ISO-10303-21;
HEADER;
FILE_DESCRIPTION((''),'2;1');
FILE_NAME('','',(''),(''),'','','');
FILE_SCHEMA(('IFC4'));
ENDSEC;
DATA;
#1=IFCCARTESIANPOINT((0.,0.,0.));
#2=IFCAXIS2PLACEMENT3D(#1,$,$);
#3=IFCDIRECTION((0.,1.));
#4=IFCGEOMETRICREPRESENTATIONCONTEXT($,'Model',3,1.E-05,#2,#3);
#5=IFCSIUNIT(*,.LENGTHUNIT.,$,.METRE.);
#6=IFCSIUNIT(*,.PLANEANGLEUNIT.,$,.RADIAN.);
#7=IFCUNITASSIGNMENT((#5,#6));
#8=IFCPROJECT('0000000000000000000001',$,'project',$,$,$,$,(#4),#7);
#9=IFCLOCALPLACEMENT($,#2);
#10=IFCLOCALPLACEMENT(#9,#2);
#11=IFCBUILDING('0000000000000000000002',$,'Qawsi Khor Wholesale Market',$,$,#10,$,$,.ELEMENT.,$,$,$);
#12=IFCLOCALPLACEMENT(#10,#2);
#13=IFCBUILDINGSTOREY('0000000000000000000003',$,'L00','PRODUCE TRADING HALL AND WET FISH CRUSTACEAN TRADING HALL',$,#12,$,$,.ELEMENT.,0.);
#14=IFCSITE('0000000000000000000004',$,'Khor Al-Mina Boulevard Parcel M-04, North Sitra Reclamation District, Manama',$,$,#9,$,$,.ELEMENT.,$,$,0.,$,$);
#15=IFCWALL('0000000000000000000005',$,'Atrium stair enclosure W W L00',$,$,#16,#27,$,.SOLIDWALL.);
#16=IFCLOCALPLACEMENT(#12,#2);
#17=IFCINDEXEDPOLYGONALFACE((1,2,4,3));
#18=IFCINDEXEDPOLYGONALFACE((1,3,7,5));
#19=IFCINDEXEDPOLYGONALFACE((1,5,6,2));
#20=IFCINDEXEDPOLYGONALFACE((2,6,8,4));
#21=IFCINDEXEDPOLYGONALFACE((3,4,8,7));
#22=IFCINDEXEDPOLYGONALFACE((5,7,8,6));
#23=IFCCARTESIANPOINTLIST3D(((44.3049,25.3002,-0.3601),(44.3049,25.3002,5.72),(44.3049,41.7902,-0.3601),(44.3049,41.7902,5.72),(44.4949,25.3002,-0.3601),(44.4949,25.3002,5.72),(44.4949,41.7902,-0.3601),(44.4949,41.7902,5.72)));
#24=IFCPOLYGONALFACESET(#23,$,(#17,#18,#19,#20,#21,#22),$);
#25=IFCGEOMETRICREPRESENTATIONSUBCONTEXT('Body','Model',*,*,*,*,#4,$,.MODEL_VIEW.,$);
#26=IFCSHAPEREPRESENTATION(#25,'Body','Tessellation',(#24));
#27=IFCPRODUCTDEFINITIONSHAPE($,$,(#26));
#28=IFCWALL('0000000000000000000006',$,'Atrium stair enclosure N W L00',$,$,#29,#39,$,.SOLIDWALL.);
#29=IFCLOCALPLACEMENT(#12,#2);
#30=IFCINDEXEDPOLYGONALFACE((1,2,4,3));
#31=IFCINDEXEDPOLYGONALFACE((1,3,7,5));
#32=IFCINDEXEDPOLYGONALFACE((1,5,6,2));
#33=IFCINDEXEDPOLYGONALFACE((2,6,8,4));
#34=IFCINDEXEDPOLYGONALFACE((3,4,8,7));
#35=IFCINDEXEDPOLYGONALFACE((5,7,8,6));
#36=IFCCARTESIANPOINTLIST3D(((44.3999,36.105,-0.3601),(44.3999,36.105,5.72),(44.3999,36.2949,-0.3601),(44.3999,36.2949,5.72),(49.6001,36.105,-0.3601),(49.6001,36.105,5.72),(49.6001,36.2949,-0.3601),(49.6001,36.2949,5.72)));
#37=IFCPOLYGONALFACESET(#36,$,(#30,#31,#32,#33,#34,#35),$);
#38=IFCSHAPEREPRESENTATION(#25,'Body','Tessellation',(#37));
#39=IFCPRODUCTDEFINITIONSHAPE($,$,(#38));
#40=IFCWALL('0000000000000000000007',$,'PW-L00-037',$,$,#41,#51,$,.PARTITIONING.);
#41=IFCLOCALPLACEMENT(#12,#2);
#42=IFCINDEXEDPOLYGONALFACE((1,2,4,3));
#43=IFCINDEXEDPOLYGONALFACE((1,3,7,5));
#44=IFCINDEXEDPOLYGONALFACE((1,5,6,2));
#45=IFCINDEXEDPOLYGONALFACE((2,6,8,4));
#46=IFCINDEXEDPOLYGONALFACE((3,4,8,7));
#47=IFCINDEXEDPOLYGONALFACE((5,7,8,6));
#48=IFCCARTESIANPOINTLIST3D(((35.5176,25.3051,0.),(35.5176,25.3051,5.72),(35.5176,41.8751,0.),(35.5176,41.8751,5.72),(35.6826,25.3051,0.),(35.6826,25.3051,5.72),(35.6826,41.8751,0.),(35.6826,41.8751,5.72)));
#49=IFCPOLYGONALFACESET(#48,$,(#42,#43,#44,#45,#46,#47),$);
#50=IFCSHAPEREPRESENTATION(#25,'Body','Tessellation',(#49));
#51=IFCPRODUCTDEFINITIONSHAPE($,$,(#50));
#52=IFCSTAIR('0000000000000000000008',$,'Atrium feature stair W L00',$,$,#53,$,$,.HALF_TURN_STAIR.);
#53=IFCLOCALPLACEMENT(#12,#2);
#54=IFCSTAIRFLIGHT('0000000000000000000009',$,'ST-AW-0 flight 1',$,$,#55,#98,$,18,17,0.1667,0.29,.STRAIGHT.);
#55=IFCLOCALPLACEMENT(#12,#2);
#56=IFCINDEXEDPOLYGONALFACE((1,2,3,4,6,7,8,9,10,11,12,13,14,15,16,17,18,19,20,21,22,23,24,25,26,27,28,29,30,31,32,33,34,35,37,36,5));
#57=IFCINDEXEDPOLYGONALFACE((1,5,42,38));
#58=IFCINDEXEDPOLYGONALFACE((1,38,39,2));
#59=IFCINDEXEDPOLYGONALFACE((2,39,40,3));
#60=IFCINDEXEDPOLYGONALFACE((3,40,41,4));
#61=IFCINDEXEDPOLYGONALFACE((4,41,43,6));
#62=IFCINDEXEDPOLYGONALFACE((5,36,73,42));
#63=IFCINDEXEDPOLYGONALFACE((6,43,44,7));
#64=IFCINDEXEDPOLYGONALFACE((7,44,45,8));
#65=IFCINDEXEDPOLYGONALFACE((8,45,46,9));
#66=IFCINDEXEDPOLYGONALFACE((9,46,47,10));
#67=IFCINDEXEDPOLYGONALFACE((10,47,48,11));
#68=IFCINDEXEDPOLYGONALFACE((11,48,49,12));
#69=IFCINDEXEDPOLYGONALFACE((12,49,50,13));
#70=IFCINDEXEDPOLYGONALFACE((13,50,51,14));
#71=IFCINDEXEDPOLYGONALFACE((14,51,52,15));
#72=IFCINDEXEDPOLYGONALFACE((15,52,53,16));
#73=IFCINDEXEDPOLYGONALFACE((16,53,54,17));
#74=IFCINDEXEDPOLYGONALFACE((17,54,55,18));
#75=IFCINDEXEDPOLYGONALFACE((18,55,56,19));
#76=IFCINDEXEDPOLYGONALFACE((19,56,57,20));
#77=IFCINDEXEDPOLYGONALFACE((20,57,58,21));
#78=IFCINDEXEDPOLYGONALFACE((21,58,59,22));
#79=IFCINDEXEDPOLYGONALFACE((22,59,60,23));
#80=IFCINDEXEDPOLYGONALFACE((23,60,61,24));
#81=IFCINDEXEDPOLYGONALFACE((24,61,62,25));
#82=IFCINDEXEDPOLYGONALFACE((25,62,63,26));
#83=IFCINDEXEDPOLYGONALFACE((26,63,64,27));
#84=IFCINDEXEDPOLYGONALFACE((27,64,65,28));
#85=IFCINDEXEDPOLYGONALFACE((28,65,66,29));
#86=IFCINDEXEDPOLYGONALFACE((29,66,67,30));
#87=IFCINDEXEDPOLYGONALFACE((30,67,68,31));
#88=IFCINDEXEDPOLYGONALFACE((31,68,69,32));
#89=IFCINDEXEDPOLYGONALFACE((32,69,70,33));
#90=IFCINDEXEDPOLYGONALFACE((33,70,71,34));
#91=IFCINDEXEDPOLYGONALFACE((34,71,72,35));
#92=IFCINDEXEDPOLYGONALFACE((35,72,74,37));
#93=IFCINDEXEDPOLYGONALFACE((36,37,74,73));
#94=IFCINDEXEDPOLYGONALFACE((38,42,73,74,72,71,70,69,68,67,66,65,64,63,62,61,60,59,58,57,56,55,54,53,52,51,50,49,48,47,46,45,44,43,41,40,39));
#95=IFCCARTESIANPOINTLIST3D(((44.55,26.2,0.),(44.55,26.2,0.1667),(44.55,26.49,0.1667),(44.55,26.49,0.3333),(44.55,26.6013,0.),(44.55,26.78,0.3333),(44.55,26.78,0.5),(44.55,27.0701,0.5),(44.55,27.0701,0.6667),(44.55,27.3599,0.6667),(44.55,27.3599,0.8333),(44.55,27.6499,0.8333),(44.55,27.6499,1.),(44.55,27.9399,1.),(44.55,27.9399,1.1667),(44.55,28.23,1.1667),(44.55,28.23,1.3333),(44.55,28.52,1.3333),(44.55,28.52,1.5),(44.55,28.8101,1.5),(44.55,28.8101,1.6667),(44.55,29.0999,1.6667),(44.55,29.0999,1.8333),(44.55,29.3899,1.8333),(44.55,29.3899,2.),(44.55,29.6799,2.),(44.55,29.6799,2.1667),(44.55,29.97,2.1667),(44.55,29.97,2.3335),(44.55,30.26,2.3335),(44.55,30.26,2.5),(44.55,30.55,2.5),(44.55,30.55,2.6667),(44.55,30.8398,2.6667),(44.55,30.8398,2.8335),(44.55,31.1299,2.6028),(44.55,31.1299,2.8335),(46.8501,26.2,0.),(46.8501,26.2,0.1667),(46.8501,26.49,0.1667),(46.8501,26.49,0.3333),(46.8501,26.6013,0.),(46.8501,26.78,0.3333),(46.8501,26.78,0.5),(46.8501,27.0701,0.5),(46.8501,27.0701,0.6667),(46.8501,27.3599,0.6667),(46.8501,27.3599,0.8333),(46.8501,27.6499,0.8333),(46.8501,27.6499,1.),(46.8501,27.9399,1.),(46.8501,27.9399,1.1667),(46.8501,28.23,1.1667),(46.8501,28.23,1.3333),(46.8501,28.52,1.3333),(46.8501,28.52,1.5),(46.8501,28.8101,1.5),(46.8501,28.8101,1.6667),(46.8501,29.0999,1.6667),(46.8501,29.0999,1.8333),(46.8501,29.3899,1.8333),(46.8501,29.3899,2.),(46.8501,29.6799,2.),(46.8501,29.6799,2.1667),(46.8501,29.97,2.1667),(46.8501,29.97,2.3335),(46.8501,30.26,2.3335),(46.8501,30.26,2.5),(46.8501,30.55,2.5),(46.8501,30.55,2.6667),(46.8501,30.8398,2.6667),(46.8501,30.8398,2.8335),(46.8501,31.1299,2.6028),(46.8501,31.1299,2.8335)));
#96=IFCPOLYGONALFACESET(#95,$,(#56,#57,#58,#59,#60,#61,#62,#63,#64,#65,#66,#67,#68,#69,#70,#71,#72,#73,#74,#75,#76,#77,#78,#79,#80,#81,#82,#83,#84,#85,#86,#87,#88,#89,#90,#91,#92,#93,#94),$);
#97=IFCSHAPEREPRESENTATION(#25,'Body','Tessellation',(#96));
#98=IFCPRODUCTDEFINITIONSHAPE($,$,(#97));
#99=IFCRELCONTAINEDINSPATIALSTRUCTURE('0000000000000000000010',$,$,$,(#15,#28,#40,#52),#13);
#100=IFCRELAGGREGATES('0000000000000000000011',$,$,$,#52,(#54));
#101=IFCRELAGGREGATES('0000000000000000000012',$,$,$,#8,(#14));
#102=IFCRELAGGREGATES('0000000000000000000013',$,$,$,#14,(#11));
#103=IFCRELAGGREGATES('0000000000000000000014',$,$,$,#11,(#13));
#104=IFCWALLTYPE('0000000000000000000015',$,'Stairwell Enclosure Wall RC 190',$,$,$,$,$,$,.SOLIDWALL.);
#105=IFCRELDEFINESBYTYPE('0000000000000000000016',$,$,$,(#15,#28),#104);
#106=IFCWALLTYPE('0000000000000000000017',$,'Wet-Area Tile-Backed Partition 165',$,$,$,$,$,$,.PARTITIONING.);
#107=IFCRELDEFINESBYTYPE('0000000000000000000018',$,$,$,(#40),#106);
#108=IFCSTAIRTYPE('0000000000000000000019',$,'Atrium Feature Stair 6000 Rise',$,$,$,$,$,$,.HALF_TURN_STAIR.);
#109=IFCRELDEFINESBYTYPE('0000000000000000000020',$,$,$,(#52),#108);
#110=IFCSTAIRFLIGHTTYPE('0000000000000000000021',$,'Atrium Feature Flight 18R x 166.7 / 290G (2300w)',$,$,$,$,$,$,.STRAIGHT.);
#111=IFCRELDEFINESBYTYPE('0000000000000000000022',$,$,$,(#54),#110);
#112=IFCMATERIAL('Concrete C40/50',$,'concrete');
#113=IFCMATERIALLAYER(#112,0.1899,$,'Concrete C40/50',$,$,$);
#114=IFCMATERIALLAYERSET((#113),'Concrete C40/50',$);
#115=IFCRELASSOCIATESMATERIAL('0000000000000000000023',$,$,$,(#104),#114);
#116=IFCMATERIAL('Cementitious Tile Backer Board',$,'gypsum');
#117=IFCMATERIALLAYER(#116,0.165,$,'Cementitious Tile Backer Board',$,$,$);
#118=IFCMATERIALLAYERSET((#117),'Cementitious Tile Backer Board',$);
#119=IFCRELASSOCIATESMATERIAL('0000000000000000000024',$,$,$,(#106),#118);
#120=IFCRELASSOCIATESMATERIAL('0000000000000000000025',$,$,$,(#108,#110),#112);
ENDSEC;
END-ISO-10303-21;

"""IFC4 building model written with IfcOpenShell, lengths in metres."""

from ifc_helpers import new_model, si_unit, direction, frame, frame_2d, origin, place, context, subcontext, project, spatial, polyline, rectangle, outline, extrude, material, layer, layer_set, type_object, element, aggregate, save


model = new_model("IFC4")

# Units and contexts
model_context = context("Model", 3, precision=1e-05, world=origin(), true_north=direction((0.0, 1.0)))
body_context = subcontext(model_context, "Body", "Model", "MODEL_VIEW")
ifc_project = project(units=[si_unit("LENGTHUNIT", "METRE"), si_unit("PLANEANGLEUNIT", "RADIAN")], contexts=[model_context])

# Site, building, storey
site_placement = place(None, origin())
site = spatial("IfcSite", under=ifc_project, at=site_placement, Name="Khor Al-Mina Boulevard Parcel M-04, North Sitra Reclamation District, Manama", CompositionType="ELEMENT", RefElevation=0.0)
building_placement = place(site_placement, origin())
building = spatial("IfcBuilding", under=site, at=building_placement, Name="Qawsi Khor Wholesale Market", CompositionType="ELEMENT")
storey_placement = place(building_placement, origin())
storey = spatial("IfcBuildingStorey", under=building, at=storey_placement, Name="L00", Description="PRODUCE TRADING HALL AND WET FISH CRUSTACEAN TRADING HALL", CompositionType="ELEMENT", Elevation=0.0)

# Shared definitions
ifc_material_1 = material(Name="Concrete C40/50", Category="concrete")

# Walls
ifc_layer_1 = layer(ifc_material_1, 0.1899, Name="Concrete C40/50")
ifc_layer_set_1 = layer_set([ifc_layer_1], Name="Concrete C40/50")
wall_type_1 = type_object("IfcWallType", Name="Stairwell Enclosure Wall RC 190", PredefinedType="SOLIDWALL", material=ifc_layer_set_1)
wall_1_placement = place(storey_placement, frame((44.3999, 25.3, -0.3601), z_axis=(0.0, 0.0, 1.0), x_axis=(0.0, 1.0, 0.0)))
element("IfcWall", 1, at=wall_1_placement, inside=storey, type_object=wall_type_1, Name="Atrium stair enclosure W W L00", PredefinedType="SOLIDWALL", context=body_context, shape_type="SweptSolid", body=[
    extrude(rectangle(XDim=16.49, YDim=0.1899, at=frame_2d((8.2451, 0.0))), origin(), (0.0, 0.0, 1.0), 6.0801),
])
wall_2_placement = place(storey_placement, frame((44.3999, 36.2, -0.3601), z_axis=(0.0, 0.0, 1.0), x_axis=(1.0, 0.0, 0.0)))
element("IfcWall", 2, at=wall_2_placement, inside=storey, type_object=wall_type_1, Name="Atrium stair enclosure N W L00", PredefinedType="SOLIDWALL", context=body_context, shape_type="SweptSolid", body=[
    extrude(rectangle(XDim=5.2002, YDim=0.1899, at=frame_2d((2.6001, 0.0))), origin(), (0.0, 0.0, 1.0), 6.0801),
])
ifc_material_2 = material(Name="Cementitious Tile Backer Board", Category="gypsum")
ifc_layer_2 = layer(ifc_material_2, 0.165, Name="Cementitious Tile Backer Board")
ifc_layer_set_2 = layer_set([ifc_layer_2], Name="Cementitious Tile Backer Board")
wall_type_2 = type_object("IfcWallType", Name="Wet-Area Tile-Backed Partition 165", PredefinedType="PARTITIONING", material=ifc_layer_set_2)
wall_3_placement = place(storey_placement, frame((35.6001, 25.3049, 0.0), z_axis=(0.0, 0.0, 1.0), x_axis=(0.0, 1.0, 0.0)))
element("IfcWall", 3, at=wall_3_placement, inside=storey, type_object=wall_type_2, Name="PW-L00-037", PredefinedType="PARTITIONING", context=body_context, shape_type="SweptSolid", body=[
    extrude(rectangle(XDim=16.5701, YDim=0.165, at=frame_2d((8.2852, 0.0))), origin(), (0.0, 0.0, 1.0), 5.72),
])

# Stair, stair flight
stair_type = type_object("IfcStairType", Name="Atrium Feature Stair 6000 Rise", PredefinedType="HALF_TURN_STAIR", material=ifc_material_1)
stair_placement = place(storey_placement, origin())
stair = element("IfcStair", 4, at=stair_placement, inside=storey, type_object=stair_type, Name="Atrium feature stair W L00", PredefinedType="HALF_TURN_STAIR")
stair_flight_type = type_object("IfcStairFlightType", Name="Atrium Feature Flight 18R x 166.7 / 290G (2300w)", PredefinedType="STRAIGHT", material=ifc_material_1)
stair_flight_placement = place(storey_placement, frame((45.7, 26.2, 0.0), z_axis=(0.0, 0.0, 1.0), x_axis=(0.0, 1.0, 0.0)))
stair_flight = element("IfcStairFlight", 5, at=stair_flight_placement, type_object=stair_flight_type, Name="ST-AW-0 flight 1", NumberOfRisers=18, NumberOfTreads=17, PredefinedType="STRAIGHT", RiserHeight=0.1667, TreadLength=0.29, context=body_context, shape_type="SweptSolid", body=[
    extrude(outline(polyline([(0.0, 0.0), (0.0, 0.1667), (0.29, 0.1667), (0.29, 0.3333), (0.5801, 0.3333), (0.5801, 0.5), (0.8701, 0.5), (0.8701, 0.6667), (1.1599, 0.6667), (1.1599, 0.8333), (1.45, 0.8333), (1.45, 1.0), (1.74, 1.0), (1.74, 1.1667), (2.03, 1.1667), (2.03, 1.3333), (2.3201, 1.3333), (2.3201, 1.5), (2.6101, 1.5), (2.6101, 1.6667), (2.8999, 1.6667), (2.8999, 1.8333), (3.1899, 1.8333), (3.1899, 2.0), (3.48, 2.0), (3.48, 2.1667), (3.77, 2.1667), (3.77, 2.3335), (4.0601, 2.3335), (4.0601, 2.5), (4.3501, 2.5), (4.3501, 2.6667), (4.6399, 2.6667), (4.6399, 2.8335), (4.9299, 2.8335), (4.9299, 3.0), (4.9299, 2.6028), (0.4014, 0.0), (0.0, 0.0)])), frame((0.0, 1.1499, 0.0), z_axis=(0.0, -1.0, 0.0), x_axis=(1.0, 0.0, 0.0)), (0.0, 0.0, 1.0), 2.3),
])
aggregate(stair, [stair_flight])

save(model, "model.ifc")
